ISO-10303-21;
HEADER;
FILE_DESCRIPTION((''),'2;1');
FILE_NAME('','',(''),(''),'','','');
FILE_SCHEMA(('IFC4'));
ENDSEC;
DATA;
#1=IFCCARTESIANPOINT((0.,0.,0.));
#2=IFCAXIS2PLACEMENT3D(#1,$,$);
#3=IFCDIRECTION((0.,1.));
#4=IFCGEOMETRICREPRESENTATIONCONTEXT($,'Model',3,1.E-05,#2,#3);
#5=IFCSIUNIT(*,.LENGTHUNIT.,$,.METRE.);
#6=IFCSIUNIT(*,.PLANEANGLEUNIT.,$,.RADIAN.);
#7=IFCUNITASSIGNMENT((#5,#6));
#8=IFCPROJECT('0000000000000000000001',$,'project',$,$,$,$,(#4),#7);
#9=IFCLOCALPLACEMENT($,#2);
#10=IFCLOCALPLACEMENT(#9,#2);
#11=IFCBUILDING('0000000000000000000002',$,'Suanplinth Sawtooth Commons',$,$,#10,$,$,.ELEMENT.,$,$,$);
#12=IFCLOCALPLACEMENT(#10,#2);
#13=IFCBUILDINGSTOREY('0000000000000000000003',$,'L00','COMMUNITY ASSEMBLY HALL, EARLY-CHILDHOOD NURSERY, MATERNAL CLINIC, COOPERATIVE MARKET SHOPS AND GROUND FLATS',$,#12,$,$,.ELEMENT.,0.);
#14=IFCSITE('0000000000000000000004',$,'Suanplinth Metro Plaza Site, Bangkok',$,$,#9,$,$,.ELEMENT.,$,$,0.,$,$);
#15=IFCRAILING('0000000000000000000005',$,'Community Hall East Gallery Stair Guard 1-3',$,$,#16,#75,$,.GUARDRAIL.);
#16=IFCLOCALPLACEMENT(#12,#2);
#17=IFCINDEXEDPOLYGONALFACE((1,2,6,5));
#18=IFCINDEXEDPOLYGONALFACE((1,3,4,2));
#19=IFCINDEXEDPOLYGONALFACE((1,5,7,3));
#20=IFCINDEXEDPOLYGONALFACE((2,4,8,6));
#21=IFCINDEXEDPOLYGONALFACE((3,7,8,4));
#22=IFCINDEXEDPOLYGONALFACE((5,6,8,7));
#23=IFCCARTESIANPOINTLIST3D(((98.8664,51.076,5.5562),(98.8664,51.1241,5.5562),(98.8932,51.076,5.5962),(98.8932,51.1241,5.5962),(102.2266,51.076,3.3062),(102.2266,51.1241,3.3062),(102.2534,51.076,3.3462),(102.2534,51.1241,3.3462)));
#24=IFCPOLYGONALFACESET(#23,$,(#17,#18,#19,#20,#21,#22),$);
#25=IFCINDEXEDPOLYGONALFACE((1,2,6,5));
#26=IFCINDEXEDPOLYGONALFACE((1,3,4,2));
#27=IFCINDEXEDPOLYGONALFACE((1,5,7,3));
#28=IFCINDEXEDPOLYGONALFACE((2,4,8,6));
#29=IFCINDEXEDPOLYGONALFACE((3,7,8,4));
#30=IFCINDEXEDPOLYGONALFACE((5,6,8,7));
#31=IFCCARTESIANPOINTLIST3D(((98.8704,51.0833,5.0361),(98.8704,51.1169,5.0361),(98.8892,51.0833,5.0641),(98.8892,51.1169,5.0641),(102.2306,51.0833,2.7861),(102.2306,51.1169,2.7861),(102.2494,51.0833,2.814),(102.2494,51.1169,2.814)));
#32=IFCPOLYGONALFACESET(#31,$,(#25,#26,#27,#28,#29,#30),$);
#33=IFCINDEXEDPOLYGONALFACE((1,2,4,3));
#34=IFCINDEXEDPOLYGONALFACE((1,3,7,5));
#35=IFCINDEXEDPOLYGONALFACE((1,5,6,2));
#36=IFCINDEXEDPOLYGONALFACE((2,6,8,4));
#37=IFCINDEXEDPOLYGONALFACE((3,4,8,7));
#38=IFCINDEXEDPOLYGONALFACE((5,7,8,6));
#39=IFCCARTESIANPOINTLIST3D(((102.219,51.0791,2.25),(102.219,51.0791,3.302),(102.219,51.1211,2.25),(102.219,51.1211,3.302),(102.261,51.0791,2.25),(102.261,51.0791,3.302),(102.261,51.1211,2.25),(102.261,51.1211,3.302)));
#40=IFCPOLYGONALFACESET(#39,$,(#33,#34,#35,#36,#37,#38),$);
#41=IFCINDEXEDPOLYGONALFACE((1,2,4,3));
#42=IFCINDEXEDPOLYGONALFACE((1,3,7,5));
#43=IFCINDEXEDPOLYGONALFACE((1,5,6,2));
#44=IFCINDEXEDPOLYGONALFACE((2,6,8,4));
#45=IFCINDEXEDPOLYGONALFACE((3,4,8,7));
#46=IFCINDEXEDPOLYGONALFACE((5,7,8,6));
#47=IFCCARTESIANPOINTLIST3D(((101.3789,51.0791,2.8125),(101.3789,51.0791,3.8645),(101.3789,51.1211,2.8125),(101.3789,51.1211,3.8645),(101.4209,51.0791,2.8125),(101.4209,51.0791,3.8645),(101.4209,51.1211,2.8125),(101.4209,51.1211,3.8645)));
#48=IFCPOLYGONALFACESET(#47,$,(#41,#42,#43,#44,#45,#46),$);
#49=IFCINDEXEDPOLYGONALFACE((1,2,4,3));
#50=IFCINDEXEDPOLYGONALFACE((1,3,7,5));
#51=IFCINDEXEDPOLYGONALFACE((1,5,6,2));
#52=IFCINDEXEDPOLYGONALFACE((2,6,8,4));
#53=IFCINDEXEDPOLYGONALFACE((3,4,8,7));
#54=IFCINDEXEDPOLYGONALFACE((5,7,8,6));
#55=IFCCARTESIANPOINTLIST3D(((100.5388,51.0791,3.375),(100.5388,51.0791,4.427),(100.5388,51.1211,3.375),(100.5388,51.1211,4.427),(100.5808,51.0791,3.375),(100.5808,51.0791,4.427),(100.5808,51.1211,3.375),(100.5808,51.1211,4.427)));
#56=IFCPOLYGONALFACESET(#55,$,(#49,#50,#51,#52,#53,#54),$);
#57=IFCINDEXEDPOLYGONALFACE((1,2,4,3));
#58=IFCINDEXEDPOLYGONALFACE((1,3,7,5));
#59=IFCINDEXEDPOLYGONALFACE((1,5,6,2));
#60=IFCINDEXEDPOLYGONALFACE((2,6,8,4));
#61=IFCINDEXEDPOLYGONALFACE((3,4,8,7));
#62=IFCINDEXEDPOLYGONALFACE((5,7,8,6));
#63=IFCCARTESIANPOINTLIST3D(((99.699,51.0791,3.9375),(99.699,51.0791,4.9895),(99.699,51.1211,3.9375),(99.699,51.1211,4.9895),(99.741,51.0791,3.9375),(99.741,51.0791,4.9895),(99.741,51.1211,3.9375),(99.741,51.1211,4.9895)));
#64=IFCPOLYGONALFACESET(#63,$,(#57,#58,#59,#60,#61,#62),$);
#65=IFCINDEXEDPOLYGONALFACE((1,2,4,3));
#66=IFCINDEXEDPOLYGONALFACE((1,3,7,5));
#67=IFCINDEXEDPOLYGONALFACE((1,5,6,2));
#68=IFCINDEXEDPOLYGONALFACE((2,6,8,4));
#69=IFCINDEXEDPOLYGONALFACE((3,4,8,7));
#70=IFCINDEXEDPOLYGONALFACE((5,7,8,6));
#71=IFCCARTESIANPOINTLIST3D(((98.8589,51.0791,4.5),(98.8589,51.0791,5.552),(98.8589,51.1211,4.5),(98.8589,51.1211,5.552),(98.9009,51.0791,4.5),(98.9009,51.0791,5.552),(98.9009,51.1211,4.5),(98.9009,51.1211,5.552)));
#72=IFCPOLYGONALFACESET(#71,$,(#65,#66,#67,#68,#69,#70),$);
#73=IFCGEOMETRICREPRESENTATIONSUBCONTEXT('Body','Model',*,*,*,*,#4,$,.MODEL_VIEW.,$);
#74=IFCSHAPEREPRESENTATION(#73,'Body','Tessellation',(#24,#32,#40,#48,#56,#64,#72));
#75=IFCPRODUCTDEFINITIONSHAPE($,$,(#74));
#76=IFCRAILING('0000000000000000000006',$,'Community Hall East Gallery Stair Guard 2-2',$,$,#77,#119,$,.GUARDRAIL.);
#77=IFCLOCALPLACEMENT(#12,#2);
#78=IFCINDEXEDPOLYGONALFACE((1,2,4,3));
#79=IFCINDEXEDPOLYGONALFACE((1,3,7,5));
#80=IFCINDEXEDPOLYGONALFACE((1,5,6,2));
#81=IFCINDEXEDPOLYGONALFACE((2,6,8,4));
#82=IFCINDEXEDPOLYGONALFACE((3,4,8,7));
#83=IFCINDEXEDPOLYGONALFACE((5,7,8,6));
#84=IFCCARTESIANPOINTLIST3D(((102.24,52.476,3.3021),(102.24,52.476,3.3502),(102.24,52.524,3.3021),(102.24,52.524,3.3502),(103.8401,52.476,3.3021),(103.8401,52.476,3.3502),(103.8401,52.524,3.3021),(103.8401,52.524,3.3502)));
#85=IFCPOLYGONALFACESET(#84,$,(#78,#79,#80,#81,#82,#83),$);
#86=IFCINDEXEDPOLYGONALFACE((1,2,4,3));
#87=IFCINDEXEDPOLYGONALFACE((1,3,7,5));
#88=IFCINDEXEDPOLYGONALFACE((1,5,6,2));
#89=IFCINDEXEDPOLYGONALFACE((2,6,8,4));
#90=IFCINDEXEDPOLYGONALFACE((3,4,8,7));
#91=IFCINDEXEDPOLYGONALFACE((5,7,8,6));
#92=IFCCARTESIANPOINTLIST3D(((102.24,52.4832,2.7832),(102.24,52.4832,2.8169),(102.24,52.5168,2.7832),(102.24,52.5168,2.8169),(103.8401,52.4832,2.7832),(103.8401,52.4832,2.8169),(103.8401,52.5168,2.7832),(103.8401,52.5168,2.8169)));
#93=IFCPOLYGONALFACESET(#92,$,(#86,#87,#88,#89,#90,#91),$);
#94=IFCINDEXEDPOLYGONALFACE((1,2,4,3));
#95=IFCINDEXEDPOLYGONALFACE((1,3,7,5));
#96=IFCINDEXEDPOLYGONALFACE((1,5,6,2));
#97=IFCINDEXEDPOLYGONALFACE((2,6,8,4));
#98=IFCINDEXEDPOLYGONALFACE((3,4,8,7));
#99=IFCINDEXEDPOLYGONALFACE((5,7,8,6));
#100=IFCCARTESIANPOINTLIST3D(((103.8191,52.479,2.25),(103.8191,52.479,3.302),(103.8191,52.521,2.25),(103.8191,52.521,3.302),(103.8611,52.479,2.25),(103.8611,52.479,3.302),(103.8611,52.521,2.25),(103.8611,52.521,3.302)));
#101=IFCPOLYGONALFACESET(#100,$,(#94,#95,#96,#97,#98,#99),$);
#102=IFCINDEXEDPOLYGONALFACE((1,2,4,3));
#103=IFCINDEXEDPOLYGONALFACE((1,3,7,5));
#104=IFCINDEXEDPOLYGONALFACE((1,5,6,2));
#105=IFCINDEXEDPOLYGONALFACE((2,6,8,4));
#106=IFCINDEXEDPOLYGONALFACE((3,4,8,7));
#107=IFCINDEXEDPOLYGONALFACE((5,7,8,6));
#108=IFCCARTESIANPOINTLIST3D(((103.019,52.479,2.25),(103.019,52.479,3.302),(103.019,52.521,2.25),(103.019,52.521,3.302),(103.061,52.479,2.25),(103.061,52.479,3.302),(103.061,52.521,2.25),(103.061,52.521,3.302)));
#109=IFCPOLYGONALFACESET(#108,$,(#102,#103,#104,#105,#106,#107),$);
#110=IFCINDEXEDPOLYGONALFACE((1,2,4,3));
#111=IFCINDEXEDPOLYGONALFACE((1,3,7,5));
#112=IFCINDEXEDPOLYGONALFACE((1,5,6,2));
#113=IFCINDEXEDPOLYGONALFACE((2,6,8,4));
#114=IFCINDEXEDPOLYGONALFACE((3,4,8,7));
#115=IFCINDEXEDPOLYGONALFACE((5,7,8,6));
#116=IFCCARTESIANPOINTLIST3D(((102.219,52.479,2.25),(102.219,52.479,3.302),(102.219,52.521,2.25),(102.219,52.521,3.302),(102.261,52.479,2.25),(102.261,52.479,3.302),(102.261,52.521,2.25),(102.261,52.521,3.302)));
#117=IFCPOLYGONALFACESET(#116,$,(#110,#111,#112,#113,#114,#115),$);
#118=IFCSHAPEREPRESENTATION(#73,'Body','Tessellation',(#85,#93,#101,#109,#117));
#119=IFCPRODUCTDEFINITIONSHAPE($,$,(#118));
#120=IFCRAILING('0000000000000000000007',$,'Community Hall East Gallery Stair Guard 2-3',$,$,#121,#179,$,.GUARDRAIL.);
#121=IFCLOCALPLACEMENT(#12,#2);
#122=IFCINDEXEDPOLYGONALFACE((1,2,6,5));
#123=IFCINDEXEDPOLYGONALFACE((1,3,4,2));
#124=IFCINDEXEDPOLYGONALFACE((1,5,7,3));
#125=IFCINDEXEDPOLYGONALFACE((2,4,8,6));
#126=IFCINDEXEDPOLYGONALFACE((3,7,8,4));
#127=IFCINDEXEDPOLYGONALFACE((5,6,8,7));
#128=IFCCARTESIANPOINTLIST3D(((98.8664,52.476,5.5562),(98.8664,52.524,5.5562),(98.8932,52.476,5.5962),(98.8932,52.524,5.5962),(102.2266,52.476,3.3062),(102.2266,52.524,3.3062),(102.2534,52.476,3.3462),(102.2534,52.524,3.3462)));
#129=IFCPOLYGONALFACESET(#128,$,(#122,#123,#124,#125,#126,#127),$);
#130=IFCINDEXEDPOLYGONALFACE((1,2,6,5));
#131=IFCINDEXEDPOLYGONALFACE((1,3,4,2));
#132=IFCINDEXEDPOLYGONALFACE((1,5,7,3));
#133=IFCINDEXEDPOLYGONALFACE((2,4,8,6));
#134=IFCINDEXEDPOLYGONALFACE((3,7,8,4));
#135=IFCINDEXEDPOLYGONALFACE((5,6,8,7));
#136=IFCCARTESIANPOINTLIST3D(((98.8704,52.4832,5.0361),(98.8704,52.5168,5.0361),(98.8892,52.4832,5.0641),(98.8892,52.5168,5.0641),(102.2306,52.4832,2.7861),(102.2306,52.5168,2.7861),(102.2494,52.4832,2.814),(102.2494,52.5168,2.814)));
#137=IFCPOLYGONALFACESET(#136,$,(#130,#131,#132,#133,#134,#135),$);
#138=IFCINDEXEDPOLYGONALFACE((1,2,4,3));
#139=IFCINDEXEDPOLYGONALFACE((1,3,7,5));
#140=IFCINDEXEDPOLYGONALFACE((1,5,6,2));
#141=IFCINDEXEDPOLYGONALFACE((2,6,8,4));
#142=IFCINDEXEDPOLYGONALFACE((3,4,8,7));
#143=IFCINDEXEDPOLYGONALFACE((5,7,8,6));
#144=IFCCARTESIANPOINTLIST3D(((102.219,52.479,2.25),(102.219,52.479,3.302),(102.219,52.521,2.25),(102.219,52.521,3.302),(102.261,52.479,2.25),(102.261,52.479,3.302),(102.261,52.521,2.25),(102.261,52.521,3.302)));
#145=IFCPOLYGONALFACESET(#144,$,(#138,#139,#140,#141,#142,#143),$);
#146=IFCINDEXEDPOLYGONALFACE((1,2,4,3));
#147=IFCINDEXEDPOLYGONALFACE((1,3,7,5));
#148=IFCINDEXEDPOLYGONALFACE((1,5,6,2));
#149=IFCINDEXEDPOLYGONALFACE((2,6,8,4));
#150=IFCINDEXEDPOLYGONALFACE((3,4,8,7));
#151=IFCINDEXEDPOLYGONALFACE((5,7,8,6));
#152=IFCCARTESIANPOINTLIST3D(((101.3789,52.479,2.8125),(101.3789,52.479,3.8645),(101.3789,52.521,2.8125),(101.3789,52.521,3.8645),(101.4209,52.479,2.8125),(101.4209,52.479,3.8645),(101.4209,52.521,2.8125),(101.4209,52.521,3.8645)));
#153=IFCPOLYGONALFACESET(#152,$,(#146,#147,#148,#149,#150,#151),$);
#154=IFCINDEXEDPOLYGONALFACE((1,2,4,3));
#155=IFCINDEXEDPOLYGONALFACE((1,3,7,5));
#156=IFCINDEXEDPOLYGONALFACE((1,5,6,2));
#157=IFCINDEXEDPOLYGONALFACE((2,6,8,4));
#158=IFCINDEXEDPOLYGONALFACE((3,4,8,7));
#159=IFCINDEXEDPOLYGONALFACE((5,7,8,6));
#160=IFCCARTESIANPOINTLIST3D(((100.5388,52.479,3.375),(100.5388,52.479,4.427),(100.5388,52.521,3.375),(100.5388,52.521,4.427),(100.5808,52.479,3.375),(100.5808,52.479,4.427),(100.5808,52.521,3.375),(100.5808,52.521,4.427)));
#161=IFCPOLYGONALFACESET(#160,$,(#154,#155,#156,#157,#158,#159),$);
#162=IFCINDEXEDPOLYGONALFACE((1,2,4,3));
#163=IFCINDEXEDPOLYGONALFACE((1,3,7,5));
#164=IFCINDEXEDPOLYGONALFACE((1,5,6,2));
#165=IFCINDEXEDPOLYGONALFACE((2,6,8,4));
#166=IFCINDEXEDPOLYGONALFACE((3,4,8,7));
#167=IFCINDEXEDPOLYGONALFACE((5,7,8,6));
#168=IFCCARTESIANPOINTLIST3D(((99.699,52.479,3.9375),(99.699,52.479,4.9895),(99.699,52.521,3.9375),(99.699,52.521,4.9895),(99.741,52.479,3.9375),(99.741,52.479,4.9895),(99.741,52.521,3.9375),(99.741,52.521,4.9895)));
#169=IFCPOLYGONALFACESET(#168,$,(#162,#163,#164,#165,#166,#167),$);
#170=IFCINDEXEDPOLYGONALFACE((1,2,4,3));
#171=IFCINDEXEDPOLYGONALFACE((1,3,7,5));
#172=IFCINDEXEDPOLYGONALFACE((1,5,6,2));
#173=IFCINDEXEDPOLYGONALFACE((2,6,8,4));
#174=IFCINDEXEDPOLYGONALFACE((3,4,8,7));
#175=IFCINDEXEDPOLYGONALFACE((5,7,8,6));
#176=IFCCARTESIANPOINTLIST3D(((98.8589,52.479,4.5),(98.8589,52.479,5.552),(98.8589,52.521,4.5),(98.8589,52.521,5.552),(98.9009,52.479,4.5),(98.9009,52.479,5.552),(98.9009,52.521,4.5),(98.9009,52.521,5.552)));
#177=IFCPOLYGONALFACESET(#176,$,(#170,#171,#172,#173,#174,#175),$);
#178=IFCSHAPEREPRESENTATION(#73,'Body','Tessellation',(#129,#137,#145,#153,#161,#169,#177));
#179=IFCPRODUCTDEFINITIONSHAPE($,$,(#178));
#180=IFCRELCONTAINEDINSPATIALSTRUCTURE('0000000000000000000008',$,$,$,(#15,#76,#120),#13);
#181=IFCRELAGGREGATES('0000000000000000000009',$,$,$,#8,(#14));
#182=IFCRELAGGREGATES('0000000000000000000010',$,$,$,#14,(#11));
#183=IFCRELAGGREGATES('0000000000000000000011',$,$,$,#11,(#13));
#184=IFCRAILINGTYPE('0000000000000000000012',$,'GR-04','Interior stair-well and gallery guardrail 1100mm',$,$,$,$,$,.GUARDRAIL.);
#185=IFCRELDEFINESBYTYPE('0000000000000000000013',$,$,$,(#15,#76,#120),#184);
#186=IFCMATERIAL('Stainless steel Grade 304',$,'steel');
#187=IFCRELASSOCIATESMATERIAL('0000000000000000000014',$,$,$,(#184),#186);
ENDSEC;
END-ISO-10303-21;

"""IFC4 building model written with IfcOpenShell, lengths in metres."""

from ifc_helpers import new_model, si_unit, direction, frame, origin, origin_2d, place, context, subcontext, project, spatial, rectangle, extrude, material, type_object, element, save


model = new_model("IFC4")

# Units and contexts
model_context = context("Model", 3, precision=1e-05, world=origin(), true_north=direction((0.0, 1.0)))
body_context = subcontext(model_context, "Body", "Model", "MODEL_VIEW")
ifc_project = project(units=[si_unit("LENGTHUNIT", "METRE"), si_unit("PLANEANGLEUNIT", "RADIAN")], contexts=[model_context])

# Site, building, storey
site_placement = place(None, origin())
site = spatial("IfcSite", under=ifc_project, at=site_placement, Name="Suanplinth Metro Plaza Site, Bangkok", CompositionType="ELEMENT", RefElevation=0.0)
building_placement = place(site_placement, origin())
building = spatial("IfcBuilding", under=site, at=building_placement, Name="Suanplinth Sawtooth Commons", CompositionType="ELEMENT")
storey_placement = place(building_placement, origin())
storey = spatial("IfcBuildingStorey", under=building, at=storey_placement, Name="L00", Description="COMMUNITY ASSEMBLY HALL, EARLY-CHILDHOOD NURSERY, MATERNAL CLINIC, COOPERATIVE MARKET SHOPS AND GROUND FLATS", CompositionType="ELEMENT", Elevation=0.0)

# Railings
ifc_material_1 = material(Name="Stainless steel Grade 304", Category="steel")
railing_type_1 = type_object("IfcRailingType", Name="GR-04", Description="Interior stair-well and gallery guardrail 1100mm", PredefinedType="GUARDRAIL", material=ifc_material_1)
railing_1_placement = place(storey_placement, frame((102.24, 51.1001, 2.25)))
element("IfcRailing", 1, at=railing_1_placement, inside=storey, type_object=railing_type_1, Name="Community Hall East Gallery Stair Guard 1-3", PredefinedType="GUARDRAIL", context=body_context, shape_type="SweptSolid", body=[
    extrude(rectangle(XDim=0.0481, YDim=0.0481, at=origin_2d()), frame((0.0, 0.0, 1.0762), z_axis=(-0.830915, 0.0, 0.556399), x_axis=(0.0, -1.0, 0.0)), (0.0, 0.0, 1.0), 4.0439),
    extrude(rectangle(XDim=0.0337, YDim=0.0337, at=origin_2d()), frame((0.0, 0.0, 0.55), z_axis=(-0.830915, 0.0, 0.556399), x_axis=(0.0, -1.0, 0.0)), (0.0, 0.0, 1.0), 4.0439),
    extrude(rectangle(XDim=0.042, YDim=0.042, at=origin_2d()), origin(), (0.0, 0.0, 1.0), 1.052),
    extrude(rectangle(XDim=0.042, YDim=0.042, at=origin_2d()), frame((-0.8401, 0.0, 0.5625)), (0.0, 0.0, 1.0), 1.052),
    extrude(rectangle(XDim=0.042, YDim=0.042, at=origin_2d()), frame((-1.6802, 0.0, 1.125)), (0.0, 0.0, 1.0), 1.052),
    extrude(rectangle(XDim=0.042, YDim=0.042, at=origin_2d()), frame((-2.52, 0.0, 1.6875)), (0.0, 0.0, 1.0), 1.052),
    extrude(rectangle(XDim=0.042, YDim=0.042, at=origin_2d()), frame((-3.3601, 0.0, 2.25)), (0.0, 0.0, 1.0), 1.052),
])
railing_2_placement = place(storey_placement, frame((103.8401, 52.5, 2.25)))
element("IfcRailing", 2, at=railing_2_placement, inside=storey, type_object=railing_type_1, Name="Community Hall East Gallery Stair Guard 2-2", PredefinedType="GUARDRAIL", context=body_context, shape_type="SweptSolid", body=[
    extrude(rectangle(XDim=0.0481, YDim=0.0481, at=origin_2d()), frame((0.0, 0.0, 1.0762), z_axis=(-1.0, 0.0, 0.0), x_axis=(0.0, -1.0, 0.0)), (0.0, 0.0, 1.0), 1.6001),
    extrude(rectangle(XDim=0.0337, YDim=0.0337, at=origin_2d()), frame((0.0, 0.0, 0.55), z_axis=(-1.0, 0.0, 0.0), x_axis=(0.0, -1.0, 0.0)), (0.0, 0.0, 1.0), 1.6001),
    extrude(rectangle(XDim=0.042, YDim=0.042, at=origin_2d()), origin(), (0.0, 0.0, 1.0), 1.052),
    extrude(rectangle(XDim=0.042, YDim=0.042, at=origin_2d()), frame((-0.8, 0.0, 0.0)), (0.0, 0.0, 1.0), 1.052),
    extrude(rectangle(XDim=0.042, YDim=0.042, at=origin_2d()), frame((-1.6001, 0.0, 0.0)), (0.0, 0.0, 1.0), 1.052),
])
railing_3_placement = place(storey_placement, frame((102.24, 52.5, 2.25)))
element("IfcRailing", 3, at=railing_3_placement, inside=storey, type_object=railing_type_1, Name="Community Hall East Gallery Stair Guard 2-3", PredefinedType="GUARDRAIL", context=body_context, shape_type="SweptSolid", body=[
    extrude(rectangle(XDim=0.0481, YDim=0.0481, at=origin_2d()), frame((0.0, 0.0, 1.0762), z_axis=(-0.830915, 0.0, 0.556399), x_axis=(0.0, -1.0, 0.0)), (0.0, 0.0, 1.0), 4.0439),
    extrude(rectangle(XDim=0.0337, YDim=0.0337, at=origin_2d()), frame((0.0, 0.0, 0.55), z_axis=(-0.830915, 0.0, 0.556399), x_axis=(0.0, -1.0, 0.0)), (0.0, 0.0, 1.0), 4.0439),
    extrude(rectangle(XDim=0.042, YDim=0.042, at=origin_2d()), origin(), (0.0, 0.0, 1.0), 1.052),
    extrude(rectangle(XDim=0.042, YDim=0.042, at=origin_2d()), frame((-0.8401, 0.0, 0.5625)), (0.0, 0.0, 1.0), 1.052),
    extrude(rectangle(XDim=0.042, YDim=0.042, at=origin_2d()), frame((-1.6802, 0.0, 1.125)), (0.0, 0.0, 1.0), 1.052),
    extrude(rectangle(XDim=0.042, YDim=0.042, at=origin_2d()), frame((-2.52, 0.0, 1.6875)), (0.0, 0.0, 1.0), 1.052),
    extrude(rectangle(XDim=0.042, YDim=0.042, at=origin_2d()), frame((-3.3601, 0.0, 2.25)), (0.0, 0.0, 1.0), 1.052),
])

save(model, "model.ifc")
